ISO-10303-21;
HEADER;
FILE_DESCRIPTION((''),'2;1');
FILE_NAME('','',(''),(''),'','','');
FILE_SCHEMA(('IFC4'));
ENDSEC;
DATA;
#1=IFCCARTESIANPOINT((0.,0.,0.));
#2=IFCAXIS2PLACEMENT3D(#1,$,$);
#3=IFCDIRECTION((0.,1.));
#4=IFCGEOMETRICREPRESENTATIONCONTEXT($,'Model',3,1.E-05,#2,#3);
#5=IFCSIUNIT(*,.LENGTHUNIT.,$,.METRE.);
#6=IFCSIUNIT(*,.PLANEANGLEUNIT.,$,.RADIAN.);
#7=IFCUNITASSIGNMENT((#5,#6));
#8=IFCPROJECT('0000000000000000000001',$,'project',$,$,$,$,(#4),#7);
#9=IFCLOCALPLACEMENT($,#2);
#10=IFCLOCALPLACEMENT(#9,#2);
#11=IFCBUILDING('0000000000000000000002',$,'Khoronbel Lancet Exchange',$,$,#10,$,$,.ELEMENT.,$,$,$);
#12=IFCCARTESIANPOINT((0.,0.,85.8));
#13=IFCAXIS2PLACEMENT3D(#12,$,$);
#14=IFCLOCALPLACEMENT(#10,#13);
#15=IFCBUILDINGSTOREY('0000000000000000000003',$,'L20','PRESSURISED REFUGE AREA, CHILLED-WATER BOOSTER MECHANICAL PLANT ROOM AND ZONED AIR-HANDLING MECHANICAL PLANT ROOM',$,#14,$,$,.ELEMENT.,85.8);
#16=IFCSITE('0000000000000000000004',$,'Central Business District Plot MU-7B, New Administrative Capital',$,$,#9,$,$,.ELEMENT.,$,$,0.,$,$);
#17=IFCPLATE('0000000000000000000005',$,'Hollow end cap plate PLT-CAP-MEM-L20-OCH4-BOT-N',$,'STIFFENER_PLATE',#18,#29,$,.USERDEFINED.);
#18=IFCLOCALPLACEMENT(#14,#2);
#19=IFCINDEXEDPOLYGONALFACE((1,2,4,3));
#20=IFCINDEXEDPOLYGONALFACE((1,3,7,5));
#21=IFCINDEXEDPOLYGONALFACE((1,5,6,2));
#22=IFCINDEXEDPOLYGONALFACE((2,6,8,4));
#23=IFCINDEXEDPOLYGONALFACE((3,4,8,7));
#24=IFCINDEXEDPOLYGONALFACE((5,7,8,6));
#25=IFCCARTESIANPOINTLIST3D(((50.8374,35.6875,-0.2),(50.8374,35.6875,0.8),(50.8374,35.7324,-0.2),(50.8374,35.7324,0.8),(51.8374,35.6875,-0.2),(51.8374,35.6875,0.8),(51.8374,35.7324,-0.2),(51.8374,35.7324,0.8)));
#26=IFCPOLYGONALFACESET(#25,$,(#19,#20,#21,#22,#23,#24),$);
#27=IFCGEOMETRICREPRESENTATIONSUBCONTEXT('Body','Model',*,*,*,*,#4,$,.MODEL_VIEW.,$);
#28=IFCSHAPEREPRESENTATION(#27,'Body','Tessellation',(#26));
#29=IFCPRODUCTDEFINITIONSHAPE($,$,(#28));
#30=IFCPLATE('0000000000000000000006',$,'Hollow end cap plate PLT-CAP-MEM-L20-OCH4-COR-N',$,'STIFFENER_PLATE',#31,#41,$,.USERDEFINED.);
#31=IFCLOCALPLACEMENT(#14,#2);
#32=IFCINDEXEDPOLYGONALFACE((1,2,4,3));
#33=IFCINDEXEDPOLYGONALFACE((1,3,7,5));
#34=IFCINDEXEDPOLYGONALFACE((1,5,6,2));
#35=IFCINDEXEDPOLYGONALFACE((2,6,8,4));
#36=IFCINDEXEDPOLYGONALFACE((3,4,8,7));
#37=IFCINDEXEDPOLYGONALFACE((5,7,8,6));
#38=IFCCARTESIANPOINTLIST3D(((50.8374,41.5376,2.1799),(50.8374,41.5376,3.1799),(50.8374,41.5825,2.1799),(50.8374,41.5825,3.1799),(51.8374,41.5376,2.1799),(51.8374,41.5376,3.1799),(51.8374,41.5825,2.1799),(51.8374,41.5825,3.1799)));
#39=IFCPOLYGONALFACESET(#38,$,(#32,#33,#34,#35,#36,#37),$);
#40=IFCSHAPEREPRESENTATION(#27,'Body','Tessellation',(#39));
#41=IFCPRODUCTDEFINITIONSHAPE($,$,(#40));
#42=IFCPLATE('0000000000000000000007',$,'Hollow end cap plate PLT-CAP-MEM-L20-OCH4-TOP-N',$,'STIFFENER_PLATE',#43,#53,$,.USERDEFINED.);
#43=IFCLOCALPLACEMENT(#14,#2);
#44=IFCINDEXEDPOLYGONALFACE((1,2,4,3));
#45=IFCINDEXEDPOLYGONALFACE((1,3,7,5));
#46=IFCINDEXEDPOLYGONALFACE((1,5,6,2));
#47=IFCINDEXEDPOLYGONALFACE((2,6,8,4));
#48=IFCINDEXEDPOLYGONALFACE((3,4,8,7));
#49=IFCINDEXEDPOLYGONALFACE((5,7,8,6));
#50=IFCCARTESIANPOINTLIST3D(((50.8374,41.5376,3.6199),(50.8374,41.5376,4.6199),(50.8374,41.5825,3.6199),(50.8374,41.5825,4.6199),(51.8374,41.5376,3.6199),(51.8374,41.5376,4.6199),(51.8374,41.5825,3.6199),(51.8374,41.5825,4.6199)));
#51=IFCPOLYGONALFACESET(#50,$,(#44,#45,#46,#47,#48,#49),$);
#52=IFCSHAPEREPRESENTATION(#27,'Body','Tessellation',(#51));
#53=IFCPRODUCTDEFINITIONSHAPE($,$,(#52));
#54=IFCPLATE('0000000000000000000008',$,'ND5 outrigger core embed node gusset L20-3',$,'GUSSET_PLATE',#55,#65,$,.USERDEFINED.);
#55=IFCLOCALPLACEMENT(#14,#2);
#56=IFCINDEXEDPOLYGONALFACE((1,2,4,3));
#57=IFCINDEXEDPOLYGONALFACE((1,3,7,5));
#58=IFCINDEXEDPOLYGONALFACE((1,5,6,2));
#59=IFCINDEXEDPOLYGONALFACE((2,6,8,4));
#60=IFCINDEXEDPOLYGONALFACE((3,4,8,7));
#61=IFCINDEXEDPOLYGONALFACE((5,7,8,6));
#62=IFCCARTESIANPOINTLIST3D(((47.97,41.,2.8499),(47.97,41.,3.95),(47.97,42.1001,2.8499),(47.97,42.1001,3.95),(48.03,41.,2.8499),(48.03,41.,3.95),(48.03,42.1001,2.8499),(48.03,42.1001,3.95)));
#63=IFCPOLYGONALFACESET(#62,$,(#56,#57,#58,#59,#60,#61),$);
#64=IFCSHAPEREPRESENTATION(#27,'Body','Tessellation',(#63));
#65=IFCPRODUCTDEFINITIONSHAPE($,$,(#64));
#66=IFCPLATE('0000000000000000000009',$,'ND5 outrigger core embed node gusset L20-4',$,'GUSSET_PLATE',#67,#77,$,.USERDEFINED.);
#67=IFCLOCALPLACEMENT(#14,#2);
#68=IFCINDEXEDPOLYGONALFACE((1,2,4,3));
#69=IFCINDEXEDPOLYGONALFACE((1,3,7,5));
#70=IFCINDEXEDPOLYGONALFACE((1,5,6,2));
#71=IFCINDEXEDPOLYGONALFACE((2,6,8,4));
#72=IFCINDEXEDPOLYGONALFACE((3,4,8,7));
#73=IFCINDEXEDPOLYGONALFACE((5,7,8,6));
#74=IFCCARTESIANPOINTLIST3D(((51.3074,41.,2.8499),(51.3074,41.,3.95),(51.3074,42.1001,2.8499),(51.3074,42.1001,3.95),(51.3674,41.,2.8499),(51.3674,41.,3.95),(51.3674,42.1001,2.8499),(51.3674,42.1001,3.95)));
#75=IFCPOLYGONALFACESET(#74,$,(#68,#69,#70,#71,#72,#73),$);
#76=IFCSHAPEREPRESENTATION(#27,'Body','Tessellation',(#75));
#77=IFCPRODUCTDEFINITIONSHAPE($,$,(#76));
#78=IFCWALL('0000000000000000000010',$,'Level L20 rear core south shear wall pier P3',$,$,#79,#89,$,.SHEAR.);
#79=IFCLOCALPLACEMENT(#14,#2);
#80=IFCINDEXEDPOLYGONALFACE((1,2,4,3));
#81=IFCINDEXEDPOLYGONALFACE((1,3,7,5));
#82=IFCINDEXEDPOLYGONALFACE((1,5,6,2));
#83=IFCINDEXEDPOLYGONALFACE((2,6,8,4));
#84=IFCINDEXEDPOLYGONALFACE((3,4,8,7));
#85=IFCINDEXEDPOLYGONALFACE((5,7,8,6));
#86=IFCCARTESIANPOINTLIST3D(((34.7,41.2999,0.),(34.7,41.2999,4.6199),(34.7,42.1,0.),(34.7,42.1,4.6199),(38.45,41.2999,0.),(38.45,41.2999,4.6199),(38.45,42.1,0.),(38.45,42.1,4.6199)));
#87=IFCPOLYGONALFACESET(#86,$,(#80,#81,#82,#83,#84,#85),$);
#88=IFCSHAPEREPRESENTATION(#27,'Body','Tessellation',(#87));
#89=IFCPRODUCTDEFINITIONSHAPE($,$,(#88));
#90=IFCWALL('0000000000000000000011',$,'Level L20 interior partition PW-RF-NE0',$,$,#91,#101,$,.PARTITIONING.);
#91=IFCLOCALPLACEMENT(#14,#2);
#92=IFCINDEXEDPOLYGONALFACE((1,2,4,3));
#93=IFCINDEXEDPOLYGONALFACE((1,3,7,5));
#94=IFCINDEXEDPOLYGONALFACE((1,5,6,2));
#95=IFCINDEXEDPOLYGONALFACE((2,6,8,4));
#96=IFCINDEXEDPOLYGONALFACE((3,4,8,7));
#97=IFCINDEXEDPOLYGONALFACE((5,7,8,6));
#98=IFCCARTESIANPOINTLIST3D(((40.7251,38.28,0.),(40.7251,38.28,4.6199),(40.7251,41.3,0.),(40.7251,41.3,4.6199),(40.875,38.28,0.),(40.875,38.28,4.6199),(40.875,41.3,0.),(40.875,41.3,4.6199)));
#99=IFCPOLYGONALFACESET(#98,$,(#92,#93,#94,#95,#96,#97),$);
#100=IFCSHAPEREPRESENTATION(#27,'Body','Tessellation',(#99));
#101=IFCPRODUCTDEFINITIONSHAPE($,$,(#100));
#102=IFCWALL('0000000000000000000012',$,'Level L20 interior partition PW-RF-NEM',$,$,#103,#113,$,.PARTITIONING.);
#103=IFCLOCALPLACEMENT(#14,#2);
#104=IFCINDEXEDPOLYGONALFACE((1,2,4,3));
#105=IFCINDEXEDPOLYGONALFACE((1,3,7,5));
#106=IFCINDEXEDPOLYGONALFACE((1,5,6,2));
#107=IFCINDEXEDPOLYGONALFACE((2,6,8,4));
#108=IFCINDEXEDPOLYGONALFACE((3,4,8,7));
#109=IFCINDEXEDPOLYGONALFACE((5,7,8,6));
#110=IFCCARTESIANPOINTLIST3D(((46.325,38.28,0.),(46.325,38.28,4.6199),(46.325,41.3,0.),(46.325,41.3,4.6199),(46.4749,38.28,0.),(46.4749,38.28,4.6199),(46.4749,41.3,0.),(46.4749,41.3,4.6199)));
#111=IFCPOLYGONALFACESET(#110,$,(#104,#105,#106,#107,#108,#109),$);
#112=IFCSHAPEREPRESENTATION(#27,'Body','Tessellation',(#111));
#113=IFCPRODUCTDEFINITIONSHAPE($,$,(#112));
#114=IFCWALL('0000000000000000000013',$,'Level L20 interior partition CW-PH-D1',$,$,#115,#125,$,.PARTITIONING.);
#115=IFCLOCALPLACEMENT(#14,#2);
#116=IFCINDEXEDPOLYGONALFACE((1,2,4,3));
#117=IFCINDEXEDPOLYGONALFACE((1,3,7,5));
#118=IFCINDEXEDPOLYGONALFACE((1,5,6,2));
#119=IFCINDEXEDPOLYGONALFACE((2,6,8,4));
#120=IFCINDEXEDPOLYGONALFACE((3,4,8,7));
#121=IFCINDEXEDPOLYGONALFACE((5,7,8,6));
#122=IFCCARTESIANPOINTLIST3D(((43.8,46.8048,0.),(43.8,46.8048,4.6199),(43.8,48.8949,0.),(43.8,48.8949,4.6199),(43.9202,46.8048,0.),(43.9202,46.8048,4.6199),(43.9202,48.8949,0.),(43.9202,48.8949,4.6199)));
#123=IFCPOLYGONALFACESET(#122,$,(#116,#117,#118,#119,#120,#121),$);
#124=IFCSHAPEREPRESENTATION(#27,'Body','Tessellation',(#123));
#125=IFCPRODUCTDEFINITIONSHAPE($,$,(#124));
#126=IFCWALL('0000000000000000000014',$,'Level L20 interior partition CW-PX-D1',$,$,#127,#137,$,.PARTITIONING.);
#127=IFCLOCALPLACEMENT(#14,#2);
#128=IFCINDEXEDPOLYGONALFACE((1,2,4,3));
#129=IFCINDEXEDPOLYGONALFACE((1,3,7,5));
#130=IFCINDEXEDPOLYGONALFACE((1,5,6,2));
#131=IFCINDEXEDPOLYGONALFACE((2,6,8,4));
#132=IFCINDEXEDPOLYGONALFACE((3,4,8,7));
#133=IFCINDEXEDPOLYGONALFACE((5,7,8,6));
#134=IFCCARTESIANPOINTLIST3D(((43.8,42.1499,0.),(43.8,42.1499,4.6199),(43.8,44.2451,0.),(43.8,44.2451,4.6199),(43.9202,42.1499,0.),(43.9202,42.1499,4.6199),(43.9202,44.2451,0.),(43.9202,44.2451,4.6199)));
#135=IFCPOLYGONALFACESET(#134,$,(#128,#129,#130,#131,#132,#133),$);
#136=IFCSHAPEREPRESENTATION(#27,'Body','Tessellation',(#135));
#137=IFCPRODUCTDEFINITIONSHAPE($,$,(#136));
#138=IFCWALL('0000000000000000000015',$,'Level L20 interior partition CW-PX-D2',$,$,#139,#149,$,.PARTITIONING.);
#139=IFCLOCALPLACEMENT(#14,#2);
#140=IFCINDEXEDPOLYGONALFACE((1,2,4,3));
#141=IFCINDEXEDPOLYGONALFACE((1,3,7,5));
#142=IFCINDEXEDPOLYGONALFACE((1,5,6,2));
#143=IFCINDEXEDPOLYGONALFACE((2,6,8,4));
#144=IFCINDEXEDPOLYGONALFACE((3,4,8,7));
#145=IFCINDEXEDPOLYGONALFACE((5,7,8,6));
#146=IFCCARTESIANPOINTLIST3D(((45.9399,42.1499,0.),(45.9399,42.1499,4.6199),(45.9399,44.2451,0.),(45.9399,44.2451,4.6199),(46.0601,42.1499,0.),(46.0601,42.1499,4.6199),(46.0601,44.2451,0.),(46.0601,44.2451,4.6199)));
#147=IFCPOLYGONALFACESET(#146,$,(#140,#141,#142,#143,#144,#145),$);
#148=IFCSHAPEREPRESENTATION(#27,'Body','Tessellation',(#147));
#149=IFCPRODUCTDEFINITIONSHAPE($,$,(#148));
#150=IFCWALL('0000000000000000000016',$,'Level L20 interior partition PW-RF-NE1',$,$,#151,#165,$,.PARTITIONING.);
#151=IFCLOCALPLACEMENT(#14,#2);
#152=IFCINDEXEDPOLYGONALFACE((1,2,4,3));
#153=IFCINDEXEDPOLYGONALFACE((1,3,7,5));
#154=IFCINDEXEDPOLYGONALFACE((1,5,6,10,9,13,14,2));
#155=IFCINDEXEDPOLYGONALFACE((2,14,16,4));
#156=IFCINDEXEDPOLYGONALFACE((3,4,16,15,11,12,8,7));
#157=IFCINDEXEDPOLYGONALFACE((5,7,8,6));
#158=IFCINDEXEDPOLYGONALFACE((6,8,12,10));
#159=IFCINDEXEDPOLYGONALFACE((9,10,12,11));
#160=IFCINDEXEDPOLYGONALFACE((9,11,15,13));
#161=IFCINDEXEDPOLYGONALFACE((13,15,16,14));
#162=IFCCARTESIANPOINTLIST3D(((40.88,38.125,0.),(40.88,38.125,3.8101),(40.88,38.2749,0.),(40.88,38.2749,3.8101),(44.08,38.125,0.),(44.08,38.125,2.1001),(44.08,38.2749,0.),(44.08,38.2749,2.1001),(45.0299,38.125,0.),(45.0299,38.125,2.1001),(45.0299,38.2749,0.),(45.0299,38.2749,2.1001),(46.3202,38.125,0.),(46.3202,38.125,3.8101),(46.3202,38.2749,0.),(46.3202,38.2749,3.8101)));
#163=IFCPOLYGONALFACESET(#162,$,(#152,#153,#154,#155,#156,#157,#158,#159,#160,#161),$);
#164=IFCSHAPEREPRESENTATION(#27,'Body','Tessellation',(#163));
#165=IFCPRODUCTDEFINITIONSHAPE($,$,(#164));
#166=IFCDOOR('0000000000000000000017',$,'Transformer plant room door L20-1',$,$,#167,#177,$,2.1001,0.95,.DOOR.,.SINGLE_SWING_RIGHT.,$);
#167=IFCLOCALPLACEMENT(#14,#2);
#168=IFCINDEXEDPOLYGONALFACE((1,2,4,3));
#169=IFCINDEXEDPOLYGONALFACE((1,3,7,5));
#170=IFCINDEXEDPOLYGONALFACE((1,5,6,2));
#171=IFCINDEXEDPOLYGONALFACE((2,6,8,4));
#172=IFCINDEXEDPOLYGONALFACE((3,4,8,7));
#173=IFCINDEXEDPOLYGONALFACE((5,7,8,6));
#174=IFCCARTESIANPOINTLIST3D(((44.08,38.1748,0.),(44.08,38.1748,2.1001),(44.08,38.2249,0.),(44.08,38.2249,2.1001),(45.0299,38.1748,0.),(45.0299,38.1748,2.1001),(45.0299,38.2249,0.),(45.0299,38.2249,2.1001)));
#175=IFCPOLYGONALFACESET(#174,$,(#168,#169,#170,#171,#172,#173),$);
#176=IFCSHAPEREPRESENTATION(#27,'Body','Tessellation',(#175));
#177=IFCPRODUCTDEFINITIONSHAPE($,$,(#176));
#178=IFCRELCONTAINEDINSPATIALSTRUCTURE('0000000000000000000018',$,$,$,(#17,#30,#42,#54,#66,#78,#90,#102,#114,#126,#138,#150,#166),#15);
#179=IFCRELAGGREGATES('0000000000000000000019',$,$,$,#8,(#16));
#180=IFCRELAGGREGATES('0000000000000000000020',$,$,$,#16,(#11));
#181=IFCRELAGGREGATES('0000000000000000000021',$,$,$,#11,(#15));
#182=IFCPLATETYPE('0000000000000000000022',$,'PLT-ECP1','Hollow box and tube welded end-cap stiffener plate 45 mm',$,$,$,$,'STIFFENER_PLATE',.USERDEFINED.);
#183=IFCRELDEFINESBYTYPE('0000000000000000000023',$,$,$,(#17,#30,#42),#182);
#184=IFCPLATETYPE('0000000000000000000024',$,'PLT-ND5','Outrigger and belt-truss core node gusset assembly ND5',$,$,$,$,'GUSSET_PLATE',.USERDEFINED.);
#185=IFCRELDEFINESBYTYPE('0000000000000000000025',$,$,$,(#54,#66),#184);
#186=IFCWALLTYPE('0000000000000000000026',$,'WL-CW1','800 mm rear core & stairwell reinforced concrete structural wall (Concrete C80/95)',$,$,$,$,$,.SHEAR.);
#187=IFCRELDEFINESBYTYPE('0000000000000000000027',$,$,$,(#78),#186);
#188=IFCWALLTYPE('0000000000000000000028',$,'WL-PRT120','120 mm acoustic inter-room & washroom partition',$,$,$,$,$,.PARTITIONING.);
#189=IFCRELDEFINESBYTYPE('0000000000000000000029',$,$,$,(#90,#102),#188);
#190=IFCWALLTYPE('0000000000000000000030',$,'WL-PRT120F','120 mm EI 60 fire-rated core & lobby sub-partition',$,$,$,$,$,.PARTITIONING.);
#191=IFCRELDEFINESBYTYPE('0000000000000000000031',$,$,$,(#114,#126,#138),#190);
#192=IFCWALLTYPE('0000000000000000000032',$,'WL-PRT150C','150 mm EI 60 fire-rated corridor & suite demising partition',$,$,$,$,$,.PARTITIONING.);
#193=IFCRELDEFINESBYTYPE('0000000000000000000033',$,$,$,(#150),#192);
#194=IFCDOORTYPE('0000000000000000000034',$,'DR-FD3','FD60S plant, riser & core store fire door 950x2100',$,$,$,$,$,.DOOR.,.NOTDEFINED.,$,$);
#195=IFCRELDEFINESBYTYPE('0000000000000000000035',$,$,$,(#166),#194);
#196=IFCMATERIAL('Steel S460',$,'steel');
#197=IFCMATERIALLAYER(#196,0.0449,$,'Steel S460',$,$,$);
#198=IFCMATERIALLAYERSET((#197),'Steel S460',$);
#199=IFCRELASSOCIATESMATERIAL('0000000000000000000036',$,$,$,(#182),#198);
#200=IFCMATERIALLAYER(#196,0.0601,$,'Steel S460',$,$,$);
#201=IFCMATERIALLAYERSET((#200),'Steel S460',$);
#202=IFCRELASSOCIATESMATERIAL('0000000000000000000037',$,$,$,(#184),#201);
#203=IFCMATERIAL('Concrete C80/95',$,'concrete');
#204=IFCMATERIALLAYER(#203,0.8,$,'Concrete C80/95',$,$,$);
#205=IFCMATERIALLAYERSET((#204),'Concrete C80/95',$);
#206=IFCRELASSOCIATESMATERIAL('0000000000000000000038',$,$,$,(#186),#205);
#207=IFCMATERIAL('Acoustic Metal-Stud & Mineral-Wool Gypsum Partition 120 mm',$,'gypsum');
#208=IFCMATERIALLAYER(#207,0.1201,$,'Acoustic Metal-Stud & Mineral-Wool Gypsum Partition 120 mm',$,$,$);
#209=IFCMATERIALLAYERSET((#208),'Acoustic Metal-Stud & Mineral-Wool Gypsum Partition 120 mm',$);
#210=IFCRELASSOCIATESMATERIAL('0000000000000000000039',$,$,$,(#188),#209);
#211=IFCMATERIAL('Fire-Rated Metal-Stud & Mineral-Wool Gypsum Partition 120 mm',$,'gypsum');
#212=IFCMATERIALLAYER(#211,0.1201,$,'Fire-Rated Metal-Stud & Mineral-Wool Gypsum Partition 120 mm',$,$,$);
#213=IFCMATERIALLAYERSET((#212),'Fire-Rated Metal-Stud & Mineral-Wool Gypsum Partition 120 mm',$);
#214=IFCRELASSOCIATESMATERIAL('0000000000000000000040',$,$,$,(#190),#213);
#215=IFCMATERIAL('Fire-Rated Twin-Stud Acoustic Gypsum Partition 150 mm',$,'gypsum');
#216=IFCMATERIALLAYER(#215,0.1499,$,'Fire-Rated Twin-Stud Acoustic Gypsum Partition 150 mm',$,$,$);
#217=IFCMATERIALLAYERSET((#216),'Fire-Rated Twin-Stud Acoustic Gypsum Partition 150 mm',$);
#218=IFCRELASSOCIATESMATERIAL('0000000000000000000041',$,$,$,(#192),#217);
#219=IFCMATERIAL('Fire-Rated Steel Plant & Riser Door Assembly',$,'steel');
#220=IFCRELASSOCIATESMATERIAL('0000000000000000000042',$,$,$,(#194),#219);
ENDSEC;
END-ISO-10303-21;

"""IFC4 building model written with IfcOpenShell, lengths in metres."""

from ifc_helpers import new_model, si_unit, direction, frame, frame_2d, origin, origin_2d, place, context, subcontext, project, spatial, rectangle, extrude, material, layer, layer_set, type_object, element, fill, save


model = new_model("IFC4")

# Units and contexts
model_context = context("Model", 3, precision=1e-05, world=origin(), true_north=direction((0.0, 1.0)))
body_context = subcontext(model_context, "Body", "Model", "MODEL_VIEW")
ifc_project = project(units=[si_unit("LENGTHUNIT", "METRE"), si_unit("PLANEANGLEUNIT", "RADIAN")], contexts=[model_context])

# Site, building, storey
site_placement = place(None, origin())
site = spatial("IfcSite", under=ifc_project, at=site_placement, Name="Central Business District Plot MU-7B, New Administrative Capital", CompositionType="ELEMENT", RefElevation=0.0)
building_placement = place(site_placement, origin())
building = spatial("IfcBuilding", under=site, at=building_placement, Name="Khoronbel Lancet Exchange", CompositionType="ELEMENT")
storey_placement = place(building_placement, frame((0.0, 0.0, 85.8)))
storey = spatial("IfcBuildingStorey", under=building, at=storey_placement, Name="L20", Description="PRESSURISED REFUGE AREA, CHILLED-WATER BOOSTER MECHANICAL PLANT ROOM AND ZONED AIR-HANDLING MECHANICAL PLANT ROOM", CompositionType="ELEMENT", Elevation=85.8)

# Shared definitions
ifc_material_1 = material(Name="Steel S460", Category="steel")

# Shared definitions
ifc_material_2 = material(Name="Concrete C80/95", Category="concrete")

# Plates
ifc_layer_1 = layer(ifc_material_1, 0.0449, Name="Steel S460")
ifc_layer_set_1 = layer_set([ifc_layer_1], Name="Steel S460")
plate_type_1 = type_object("IfcPlateType", Name="PLT-ECP1", Description="Hollow box and tube welded end-cap stiffener plate 45 mm", ElementType="STIFFENER_PLATE", PredefinedType="USERDEFINED", material=ifc_layer_set_1)
for number, where, z_axis, x_axis, name in (
    (1, (51.3374, 35.71, -0.2), (0.0, 0.0, 1.0), (0.0, 1.0, 0.0), "Hollow end cap plate PLT-CAP-MEM-L20-OCH4-BOT-N"),
    (2, (51.3374, 41.5601, 2.1799), (0.0, 0.0, 1.0), (0.0, 1.0, 0.0), "Hollow end cap plate PLT-CAP-MEM-L20-OCH4-COR-N"),
    (3, (51.3374, 41.5601, 3.6199), (0.0, 0.0, 1.0), (0.0, 1.0, 0.0), "Hollow end cap plate PLT-CAP-MEM-L20-OCH4-TOP-N"),
):
    element("IfcPlate", number, at=place(storey_placement, frame(where, z_axis=z_axis, x_axis=x_axis)), inside=storey, type_object=plate_type_1, Name=name, ObjectType="STIFFENER_PLATE", PredefinedType="USERDEFINED", context=body_context, shape_type="SweptSolid", body=[
        extrude(rectangle(XDim=0.0449, YDim=1.0, at=origin_2d()), origin(), (0.0, 0.0, 1.0), 1.0),
    ])
ifc_layer_2 = layer(ifc_material_1, 0.0601, Name="Steel S460")
ifc_layer_set_2 = layer_set([ifc_layer_2], Name="Steel S460")
plate_type_2 = type_object("IfcPlateType", Name="PLT-ND5", Description="Outrigger and belt-truss core node gusset assembly ND5", ElementType="GUSSET_PLATE", PredefinedType="USERDEFINED", material=ifc_layer_set_2)
for number, where, z_axis, x_axis, name in (
    (4, (48.0, 41.55, 2.8499), (0.0, 0.0, 1.0), (1.0, 0.0, 0.0), "ND5 outrigger core embed node gusset L20-3"),
    (5, (51.3374, 41.55, 2.8499), (0.0, 0.0, 1.0), (1.0, 0.0, 0.0), "ND5 outrigger core embed node gusset L20-4"),
):
    element("IfcPlate", number, at=place(storey_placement, frame(where, z_axis=z_axis, x_axis=x_axis)), inside=storey, type_object=plate_type_2, Name=name, ObjectType="GUSSET_PLATE", PredefinedType="USERDEFINED", context=body_context, shape_type="SweptSolid", body=[
        extrude(rectangle(XDim=0.0601, YDim=1.1001, at=origin_2d()), origin(), (0.0, 0.0, 1.0), 1.1001),
    ])

# Walls
ifc_layer_3 = layer(ifc_material_2, 0.8, Name="Concrete C80/95")
ifc_layer_set_3 = layer_set([ifc_layer_3], Name="Concrete C80/95")
wall_type_1 = type_object("IfcWallType", Name="WL-CW1", Description="800 mm rear core & stairwell reinforced concrete structural wall (Concrete C80/95)", PredefinedType="SHEAR", material=ifc_layer_set_3)
wall_1_placement = place(storey_placement, frame((38.45, 41.7, 0.0), z_axis=(0.0, 0.0, 1.0), x_axis=(-1.0, 0.0, 0.0)))
element("IfcWall", 6, at=wall_1_placement, inside=storey, type_object=wall_type_1, Name="Level L20 rear core south shear wall pier P3", PredefinedType="SHEAR", context=body_context, shape_type="SweptSolid", body=[
    extrude(rectangle(XDim=3.75, YDim=0.8, at=frame_2d((1.875, 0.0))), origin(), (0.0, 0.0, 1.0), 4.6199),
])
ifc_material_3 = material(Name="Acoustic Metal-Stud & Mineral-Wool Gypsum Partition 120 mm", Category="gypsum")
ifc_layer_4 = layer(ifc_material_3, 0.1201, Name="Acoustic Metal-Stud & Mineral-Wool Gypsum Partition 120 mm")
ifc_layer_set_4 = layer_set([ifc_layer_4], Name="Acoustic Metal-Stud & Mineral-Wool Gypsum Partition 120 mm")
wall_type_2 = type_object("IfcWallType", Name="WL-PRT120", Description="120 mm acoustic inter-room & washroom partition", PredefinedType="PARTITIONING", material=ifc_layer_set_4)
for number, where, z_axis, x_axis, name in (
    (7, (40.8, 38.28, 0.0), (0.0, 0.0, 1.0), (0.0, 1.0, 0.0), "Level L20 interior partition PW-RF-NE0"),
    (8, (46.3999, 38.28, 0.0), (0.0, 0.0, 1.0), (0.0, 1.0, 0.0), "Level L20 interior partition PW-RF-NEM"),
):
    element("IfcWall", number, at=place(storey_placement, frame(where, z_axis=z_axis, x_axis=x_axis)), inside=storey, type_object=wall_type_2, Name=name, PredefinedType="PARTITIONING", context=body_context, shape_type="SweptSolid", body=[
        extrude(rectangle(XDim=3.02, YDim=0.1499, at=frame_2d((1.51, 0.0))), origin(), (0.0, 0.0, 1.0), 4.6199),
    ])
ifc_material_4 = material(Name="Fire-Rated Metal-Stud & Mineral-Wool Gypsum Partition 120 mm", Category="gypsum")
ifc_layer_5 = layer(ifc_material_4, 0.1201, Name="Fire-Rated Metal-Stud & Mineral-Wool Gypsum Partition 120 mm")
ifc_layer_set_5 = layer_set([ifc_layer_5], Name="Fire-Rated Metal-Stud & Mineral-Wool Gypsum Partition 120 mm")
wall_type_3 = type_object("IfcWallType", Name="WL-PRT120F", Description="120 mm EI 60 fire-rated core & lobby sub-partition", PredefinedType="PARTITIONING", material=ifc_layer_set_5)
wall_2_placement = place(storey_placement, frame((43.8601, 46.8049, 0.0), z_axis=(0.0, 0.0, 1.0), x_axis=(0.0, 1.0, 0.0)))
element("IfcWall", 9, at=wall_2_placement, inside=storey, type_object=wall_type_3, Name="Level L20 interior partition CW-PH-D1", PredefinedType="PARTITIONING", context=body_context, shape_type="SweptSolid", body=[
    extrude(rectangle(XDim=2.0901, YDim=0.1201, at=frame_2d((1.0449, 0.0))), origin(), (0.0, 0.0, 1.0), 4.6199),
])
for number, where, z_axis, x_axis, name in (
    (10, (43.8601, 42.1499, 0.0), (0.0, 0.0, 1.0), (0.0, 1.0, 0.0), "Level L20 interior partition CW-PX-D1"),
    (11, (46.0, 42.1499, 0.0), (0.0, 0.0, 1.0), (0.0, 1.0, 0.0), "Level L20 interior partition CW-PX-D2"),
):
    element("IfcWall", number, at=place(storey_placement, frame(where, z_axis=z_axis, x_axis=x_axis)), inside=storey, type_object=wall_type_3, Name=name, PredefinedType="PARTITIONING", context=body_context, shape_type="SweptSolid", body=[
        extrude(rectangle(XDim=2.0952, YDim=0.1201, at=frame_2d((1.0476, 0.0))), origin(), (0.0, 0.0, 1.0), 4.6199),
    ])

# Wall, opening, door
ifc_material_5 = material(Name="Fire-Rated Twin-Stud Acoustic Gypsum Partition 150 mm", Category="gypsum")
ifc_layer_6 = layer(ifc_material_5, 0.1499, Name="Fire-Rated Twin-Stud Acoustic Gypsum Partition 150 mm")
ifc_layer_set_6 = layer_set([ifc_layer_6], Name="Fire-Rated Twin-Stud Acoustic Gypsum Partition 150 mm")
wall_type_4 = type_object("IfcWallType", Name="WL-PRT150C", Description="150 mm EI 60 fire-rated corridor & suite demising partition", PredefinedType="PARTITIONING", material=ifc_layer_set_6)
wall_3_placement = place(storey_placement, frame((40.8799, 38.2, 0.0), z_axis=(0.0, 0.0, 1.0), x_axis=(1.0, 0.0, 0.0)))
wall_3 = element("IfcWall", 12, at=wall_3_placement, inside=storey, type_object=wall_type_4, Name="Level L20 interior partition PW-RF-NE1", PredefinedType="PARTITIONING", context=body_context, shape_type="SweptSolid", body=[
    extrude(rectangle(XDim=5.4402, YDim=0.1499, at=frame_2d((2.7202, 0.0))), origin(), (0.0, 0.0, 1.0), 3.8101),
])
opening_1_placement = place(wall_3_placement, frame((3.2, 0.0, 0.0)))
opening_1 = element("IfcOpeningElement", 13, at=opening_1_placement, cuts=wall_3, PredefinedType="OPENING", context=body_context, shape_type="SweptSolid", body=[
    extrude(rectangle(XDim=0.95, YDim=2.1001, at=frame_2d((0.4751, 1.05))), frame((0.0, 0.085, 0.0), z_axis=(0.0, -1.0, 0.0), x_axis=(1.0, 0.0, 0.0)), (0.0, 0.0, 1.0), 0.1699),
])
ifc_material_6 = material(Name="Fire-Rated Steel Plant & Riser Door Assembly", Category="steel")
door_type = type_object("IfcDoorType", Name="DR-FD3", Description="FD60S plant, riser & core store fire door 950x2100", OperationType="NOTDEFINED", PredefinedType="DOOR", material=ifc_material_6)
door_1_placement = place(opening_1_placement, origin())
door_1 = element("IfcDoor", 14, at=door_1_placement, inside=storey, type_object=door_type, Name="Transformer plant room door L20-1", OperationType="SINGLE_SWING_RIGHT", OverallHeight=2.1001, OverallWidth=0.95, PredefinedType="DOOR", context=body_context, shape_type="SweptSolid", body=[
    extrude(rectangle(XDim=0.95, YDim=2.1001, at=frame_2d((0.4751, 1.05))), frame((0.0, 0.0249, 0.0), z_axis=(0.0, -1.0, 0.0), x_axis=(1.0, 0.0, 0.0)), (0.0, 0.0, 1.0), 0.05),
])
fill(opening_1, door_1)

save(model, "model.ifc")
